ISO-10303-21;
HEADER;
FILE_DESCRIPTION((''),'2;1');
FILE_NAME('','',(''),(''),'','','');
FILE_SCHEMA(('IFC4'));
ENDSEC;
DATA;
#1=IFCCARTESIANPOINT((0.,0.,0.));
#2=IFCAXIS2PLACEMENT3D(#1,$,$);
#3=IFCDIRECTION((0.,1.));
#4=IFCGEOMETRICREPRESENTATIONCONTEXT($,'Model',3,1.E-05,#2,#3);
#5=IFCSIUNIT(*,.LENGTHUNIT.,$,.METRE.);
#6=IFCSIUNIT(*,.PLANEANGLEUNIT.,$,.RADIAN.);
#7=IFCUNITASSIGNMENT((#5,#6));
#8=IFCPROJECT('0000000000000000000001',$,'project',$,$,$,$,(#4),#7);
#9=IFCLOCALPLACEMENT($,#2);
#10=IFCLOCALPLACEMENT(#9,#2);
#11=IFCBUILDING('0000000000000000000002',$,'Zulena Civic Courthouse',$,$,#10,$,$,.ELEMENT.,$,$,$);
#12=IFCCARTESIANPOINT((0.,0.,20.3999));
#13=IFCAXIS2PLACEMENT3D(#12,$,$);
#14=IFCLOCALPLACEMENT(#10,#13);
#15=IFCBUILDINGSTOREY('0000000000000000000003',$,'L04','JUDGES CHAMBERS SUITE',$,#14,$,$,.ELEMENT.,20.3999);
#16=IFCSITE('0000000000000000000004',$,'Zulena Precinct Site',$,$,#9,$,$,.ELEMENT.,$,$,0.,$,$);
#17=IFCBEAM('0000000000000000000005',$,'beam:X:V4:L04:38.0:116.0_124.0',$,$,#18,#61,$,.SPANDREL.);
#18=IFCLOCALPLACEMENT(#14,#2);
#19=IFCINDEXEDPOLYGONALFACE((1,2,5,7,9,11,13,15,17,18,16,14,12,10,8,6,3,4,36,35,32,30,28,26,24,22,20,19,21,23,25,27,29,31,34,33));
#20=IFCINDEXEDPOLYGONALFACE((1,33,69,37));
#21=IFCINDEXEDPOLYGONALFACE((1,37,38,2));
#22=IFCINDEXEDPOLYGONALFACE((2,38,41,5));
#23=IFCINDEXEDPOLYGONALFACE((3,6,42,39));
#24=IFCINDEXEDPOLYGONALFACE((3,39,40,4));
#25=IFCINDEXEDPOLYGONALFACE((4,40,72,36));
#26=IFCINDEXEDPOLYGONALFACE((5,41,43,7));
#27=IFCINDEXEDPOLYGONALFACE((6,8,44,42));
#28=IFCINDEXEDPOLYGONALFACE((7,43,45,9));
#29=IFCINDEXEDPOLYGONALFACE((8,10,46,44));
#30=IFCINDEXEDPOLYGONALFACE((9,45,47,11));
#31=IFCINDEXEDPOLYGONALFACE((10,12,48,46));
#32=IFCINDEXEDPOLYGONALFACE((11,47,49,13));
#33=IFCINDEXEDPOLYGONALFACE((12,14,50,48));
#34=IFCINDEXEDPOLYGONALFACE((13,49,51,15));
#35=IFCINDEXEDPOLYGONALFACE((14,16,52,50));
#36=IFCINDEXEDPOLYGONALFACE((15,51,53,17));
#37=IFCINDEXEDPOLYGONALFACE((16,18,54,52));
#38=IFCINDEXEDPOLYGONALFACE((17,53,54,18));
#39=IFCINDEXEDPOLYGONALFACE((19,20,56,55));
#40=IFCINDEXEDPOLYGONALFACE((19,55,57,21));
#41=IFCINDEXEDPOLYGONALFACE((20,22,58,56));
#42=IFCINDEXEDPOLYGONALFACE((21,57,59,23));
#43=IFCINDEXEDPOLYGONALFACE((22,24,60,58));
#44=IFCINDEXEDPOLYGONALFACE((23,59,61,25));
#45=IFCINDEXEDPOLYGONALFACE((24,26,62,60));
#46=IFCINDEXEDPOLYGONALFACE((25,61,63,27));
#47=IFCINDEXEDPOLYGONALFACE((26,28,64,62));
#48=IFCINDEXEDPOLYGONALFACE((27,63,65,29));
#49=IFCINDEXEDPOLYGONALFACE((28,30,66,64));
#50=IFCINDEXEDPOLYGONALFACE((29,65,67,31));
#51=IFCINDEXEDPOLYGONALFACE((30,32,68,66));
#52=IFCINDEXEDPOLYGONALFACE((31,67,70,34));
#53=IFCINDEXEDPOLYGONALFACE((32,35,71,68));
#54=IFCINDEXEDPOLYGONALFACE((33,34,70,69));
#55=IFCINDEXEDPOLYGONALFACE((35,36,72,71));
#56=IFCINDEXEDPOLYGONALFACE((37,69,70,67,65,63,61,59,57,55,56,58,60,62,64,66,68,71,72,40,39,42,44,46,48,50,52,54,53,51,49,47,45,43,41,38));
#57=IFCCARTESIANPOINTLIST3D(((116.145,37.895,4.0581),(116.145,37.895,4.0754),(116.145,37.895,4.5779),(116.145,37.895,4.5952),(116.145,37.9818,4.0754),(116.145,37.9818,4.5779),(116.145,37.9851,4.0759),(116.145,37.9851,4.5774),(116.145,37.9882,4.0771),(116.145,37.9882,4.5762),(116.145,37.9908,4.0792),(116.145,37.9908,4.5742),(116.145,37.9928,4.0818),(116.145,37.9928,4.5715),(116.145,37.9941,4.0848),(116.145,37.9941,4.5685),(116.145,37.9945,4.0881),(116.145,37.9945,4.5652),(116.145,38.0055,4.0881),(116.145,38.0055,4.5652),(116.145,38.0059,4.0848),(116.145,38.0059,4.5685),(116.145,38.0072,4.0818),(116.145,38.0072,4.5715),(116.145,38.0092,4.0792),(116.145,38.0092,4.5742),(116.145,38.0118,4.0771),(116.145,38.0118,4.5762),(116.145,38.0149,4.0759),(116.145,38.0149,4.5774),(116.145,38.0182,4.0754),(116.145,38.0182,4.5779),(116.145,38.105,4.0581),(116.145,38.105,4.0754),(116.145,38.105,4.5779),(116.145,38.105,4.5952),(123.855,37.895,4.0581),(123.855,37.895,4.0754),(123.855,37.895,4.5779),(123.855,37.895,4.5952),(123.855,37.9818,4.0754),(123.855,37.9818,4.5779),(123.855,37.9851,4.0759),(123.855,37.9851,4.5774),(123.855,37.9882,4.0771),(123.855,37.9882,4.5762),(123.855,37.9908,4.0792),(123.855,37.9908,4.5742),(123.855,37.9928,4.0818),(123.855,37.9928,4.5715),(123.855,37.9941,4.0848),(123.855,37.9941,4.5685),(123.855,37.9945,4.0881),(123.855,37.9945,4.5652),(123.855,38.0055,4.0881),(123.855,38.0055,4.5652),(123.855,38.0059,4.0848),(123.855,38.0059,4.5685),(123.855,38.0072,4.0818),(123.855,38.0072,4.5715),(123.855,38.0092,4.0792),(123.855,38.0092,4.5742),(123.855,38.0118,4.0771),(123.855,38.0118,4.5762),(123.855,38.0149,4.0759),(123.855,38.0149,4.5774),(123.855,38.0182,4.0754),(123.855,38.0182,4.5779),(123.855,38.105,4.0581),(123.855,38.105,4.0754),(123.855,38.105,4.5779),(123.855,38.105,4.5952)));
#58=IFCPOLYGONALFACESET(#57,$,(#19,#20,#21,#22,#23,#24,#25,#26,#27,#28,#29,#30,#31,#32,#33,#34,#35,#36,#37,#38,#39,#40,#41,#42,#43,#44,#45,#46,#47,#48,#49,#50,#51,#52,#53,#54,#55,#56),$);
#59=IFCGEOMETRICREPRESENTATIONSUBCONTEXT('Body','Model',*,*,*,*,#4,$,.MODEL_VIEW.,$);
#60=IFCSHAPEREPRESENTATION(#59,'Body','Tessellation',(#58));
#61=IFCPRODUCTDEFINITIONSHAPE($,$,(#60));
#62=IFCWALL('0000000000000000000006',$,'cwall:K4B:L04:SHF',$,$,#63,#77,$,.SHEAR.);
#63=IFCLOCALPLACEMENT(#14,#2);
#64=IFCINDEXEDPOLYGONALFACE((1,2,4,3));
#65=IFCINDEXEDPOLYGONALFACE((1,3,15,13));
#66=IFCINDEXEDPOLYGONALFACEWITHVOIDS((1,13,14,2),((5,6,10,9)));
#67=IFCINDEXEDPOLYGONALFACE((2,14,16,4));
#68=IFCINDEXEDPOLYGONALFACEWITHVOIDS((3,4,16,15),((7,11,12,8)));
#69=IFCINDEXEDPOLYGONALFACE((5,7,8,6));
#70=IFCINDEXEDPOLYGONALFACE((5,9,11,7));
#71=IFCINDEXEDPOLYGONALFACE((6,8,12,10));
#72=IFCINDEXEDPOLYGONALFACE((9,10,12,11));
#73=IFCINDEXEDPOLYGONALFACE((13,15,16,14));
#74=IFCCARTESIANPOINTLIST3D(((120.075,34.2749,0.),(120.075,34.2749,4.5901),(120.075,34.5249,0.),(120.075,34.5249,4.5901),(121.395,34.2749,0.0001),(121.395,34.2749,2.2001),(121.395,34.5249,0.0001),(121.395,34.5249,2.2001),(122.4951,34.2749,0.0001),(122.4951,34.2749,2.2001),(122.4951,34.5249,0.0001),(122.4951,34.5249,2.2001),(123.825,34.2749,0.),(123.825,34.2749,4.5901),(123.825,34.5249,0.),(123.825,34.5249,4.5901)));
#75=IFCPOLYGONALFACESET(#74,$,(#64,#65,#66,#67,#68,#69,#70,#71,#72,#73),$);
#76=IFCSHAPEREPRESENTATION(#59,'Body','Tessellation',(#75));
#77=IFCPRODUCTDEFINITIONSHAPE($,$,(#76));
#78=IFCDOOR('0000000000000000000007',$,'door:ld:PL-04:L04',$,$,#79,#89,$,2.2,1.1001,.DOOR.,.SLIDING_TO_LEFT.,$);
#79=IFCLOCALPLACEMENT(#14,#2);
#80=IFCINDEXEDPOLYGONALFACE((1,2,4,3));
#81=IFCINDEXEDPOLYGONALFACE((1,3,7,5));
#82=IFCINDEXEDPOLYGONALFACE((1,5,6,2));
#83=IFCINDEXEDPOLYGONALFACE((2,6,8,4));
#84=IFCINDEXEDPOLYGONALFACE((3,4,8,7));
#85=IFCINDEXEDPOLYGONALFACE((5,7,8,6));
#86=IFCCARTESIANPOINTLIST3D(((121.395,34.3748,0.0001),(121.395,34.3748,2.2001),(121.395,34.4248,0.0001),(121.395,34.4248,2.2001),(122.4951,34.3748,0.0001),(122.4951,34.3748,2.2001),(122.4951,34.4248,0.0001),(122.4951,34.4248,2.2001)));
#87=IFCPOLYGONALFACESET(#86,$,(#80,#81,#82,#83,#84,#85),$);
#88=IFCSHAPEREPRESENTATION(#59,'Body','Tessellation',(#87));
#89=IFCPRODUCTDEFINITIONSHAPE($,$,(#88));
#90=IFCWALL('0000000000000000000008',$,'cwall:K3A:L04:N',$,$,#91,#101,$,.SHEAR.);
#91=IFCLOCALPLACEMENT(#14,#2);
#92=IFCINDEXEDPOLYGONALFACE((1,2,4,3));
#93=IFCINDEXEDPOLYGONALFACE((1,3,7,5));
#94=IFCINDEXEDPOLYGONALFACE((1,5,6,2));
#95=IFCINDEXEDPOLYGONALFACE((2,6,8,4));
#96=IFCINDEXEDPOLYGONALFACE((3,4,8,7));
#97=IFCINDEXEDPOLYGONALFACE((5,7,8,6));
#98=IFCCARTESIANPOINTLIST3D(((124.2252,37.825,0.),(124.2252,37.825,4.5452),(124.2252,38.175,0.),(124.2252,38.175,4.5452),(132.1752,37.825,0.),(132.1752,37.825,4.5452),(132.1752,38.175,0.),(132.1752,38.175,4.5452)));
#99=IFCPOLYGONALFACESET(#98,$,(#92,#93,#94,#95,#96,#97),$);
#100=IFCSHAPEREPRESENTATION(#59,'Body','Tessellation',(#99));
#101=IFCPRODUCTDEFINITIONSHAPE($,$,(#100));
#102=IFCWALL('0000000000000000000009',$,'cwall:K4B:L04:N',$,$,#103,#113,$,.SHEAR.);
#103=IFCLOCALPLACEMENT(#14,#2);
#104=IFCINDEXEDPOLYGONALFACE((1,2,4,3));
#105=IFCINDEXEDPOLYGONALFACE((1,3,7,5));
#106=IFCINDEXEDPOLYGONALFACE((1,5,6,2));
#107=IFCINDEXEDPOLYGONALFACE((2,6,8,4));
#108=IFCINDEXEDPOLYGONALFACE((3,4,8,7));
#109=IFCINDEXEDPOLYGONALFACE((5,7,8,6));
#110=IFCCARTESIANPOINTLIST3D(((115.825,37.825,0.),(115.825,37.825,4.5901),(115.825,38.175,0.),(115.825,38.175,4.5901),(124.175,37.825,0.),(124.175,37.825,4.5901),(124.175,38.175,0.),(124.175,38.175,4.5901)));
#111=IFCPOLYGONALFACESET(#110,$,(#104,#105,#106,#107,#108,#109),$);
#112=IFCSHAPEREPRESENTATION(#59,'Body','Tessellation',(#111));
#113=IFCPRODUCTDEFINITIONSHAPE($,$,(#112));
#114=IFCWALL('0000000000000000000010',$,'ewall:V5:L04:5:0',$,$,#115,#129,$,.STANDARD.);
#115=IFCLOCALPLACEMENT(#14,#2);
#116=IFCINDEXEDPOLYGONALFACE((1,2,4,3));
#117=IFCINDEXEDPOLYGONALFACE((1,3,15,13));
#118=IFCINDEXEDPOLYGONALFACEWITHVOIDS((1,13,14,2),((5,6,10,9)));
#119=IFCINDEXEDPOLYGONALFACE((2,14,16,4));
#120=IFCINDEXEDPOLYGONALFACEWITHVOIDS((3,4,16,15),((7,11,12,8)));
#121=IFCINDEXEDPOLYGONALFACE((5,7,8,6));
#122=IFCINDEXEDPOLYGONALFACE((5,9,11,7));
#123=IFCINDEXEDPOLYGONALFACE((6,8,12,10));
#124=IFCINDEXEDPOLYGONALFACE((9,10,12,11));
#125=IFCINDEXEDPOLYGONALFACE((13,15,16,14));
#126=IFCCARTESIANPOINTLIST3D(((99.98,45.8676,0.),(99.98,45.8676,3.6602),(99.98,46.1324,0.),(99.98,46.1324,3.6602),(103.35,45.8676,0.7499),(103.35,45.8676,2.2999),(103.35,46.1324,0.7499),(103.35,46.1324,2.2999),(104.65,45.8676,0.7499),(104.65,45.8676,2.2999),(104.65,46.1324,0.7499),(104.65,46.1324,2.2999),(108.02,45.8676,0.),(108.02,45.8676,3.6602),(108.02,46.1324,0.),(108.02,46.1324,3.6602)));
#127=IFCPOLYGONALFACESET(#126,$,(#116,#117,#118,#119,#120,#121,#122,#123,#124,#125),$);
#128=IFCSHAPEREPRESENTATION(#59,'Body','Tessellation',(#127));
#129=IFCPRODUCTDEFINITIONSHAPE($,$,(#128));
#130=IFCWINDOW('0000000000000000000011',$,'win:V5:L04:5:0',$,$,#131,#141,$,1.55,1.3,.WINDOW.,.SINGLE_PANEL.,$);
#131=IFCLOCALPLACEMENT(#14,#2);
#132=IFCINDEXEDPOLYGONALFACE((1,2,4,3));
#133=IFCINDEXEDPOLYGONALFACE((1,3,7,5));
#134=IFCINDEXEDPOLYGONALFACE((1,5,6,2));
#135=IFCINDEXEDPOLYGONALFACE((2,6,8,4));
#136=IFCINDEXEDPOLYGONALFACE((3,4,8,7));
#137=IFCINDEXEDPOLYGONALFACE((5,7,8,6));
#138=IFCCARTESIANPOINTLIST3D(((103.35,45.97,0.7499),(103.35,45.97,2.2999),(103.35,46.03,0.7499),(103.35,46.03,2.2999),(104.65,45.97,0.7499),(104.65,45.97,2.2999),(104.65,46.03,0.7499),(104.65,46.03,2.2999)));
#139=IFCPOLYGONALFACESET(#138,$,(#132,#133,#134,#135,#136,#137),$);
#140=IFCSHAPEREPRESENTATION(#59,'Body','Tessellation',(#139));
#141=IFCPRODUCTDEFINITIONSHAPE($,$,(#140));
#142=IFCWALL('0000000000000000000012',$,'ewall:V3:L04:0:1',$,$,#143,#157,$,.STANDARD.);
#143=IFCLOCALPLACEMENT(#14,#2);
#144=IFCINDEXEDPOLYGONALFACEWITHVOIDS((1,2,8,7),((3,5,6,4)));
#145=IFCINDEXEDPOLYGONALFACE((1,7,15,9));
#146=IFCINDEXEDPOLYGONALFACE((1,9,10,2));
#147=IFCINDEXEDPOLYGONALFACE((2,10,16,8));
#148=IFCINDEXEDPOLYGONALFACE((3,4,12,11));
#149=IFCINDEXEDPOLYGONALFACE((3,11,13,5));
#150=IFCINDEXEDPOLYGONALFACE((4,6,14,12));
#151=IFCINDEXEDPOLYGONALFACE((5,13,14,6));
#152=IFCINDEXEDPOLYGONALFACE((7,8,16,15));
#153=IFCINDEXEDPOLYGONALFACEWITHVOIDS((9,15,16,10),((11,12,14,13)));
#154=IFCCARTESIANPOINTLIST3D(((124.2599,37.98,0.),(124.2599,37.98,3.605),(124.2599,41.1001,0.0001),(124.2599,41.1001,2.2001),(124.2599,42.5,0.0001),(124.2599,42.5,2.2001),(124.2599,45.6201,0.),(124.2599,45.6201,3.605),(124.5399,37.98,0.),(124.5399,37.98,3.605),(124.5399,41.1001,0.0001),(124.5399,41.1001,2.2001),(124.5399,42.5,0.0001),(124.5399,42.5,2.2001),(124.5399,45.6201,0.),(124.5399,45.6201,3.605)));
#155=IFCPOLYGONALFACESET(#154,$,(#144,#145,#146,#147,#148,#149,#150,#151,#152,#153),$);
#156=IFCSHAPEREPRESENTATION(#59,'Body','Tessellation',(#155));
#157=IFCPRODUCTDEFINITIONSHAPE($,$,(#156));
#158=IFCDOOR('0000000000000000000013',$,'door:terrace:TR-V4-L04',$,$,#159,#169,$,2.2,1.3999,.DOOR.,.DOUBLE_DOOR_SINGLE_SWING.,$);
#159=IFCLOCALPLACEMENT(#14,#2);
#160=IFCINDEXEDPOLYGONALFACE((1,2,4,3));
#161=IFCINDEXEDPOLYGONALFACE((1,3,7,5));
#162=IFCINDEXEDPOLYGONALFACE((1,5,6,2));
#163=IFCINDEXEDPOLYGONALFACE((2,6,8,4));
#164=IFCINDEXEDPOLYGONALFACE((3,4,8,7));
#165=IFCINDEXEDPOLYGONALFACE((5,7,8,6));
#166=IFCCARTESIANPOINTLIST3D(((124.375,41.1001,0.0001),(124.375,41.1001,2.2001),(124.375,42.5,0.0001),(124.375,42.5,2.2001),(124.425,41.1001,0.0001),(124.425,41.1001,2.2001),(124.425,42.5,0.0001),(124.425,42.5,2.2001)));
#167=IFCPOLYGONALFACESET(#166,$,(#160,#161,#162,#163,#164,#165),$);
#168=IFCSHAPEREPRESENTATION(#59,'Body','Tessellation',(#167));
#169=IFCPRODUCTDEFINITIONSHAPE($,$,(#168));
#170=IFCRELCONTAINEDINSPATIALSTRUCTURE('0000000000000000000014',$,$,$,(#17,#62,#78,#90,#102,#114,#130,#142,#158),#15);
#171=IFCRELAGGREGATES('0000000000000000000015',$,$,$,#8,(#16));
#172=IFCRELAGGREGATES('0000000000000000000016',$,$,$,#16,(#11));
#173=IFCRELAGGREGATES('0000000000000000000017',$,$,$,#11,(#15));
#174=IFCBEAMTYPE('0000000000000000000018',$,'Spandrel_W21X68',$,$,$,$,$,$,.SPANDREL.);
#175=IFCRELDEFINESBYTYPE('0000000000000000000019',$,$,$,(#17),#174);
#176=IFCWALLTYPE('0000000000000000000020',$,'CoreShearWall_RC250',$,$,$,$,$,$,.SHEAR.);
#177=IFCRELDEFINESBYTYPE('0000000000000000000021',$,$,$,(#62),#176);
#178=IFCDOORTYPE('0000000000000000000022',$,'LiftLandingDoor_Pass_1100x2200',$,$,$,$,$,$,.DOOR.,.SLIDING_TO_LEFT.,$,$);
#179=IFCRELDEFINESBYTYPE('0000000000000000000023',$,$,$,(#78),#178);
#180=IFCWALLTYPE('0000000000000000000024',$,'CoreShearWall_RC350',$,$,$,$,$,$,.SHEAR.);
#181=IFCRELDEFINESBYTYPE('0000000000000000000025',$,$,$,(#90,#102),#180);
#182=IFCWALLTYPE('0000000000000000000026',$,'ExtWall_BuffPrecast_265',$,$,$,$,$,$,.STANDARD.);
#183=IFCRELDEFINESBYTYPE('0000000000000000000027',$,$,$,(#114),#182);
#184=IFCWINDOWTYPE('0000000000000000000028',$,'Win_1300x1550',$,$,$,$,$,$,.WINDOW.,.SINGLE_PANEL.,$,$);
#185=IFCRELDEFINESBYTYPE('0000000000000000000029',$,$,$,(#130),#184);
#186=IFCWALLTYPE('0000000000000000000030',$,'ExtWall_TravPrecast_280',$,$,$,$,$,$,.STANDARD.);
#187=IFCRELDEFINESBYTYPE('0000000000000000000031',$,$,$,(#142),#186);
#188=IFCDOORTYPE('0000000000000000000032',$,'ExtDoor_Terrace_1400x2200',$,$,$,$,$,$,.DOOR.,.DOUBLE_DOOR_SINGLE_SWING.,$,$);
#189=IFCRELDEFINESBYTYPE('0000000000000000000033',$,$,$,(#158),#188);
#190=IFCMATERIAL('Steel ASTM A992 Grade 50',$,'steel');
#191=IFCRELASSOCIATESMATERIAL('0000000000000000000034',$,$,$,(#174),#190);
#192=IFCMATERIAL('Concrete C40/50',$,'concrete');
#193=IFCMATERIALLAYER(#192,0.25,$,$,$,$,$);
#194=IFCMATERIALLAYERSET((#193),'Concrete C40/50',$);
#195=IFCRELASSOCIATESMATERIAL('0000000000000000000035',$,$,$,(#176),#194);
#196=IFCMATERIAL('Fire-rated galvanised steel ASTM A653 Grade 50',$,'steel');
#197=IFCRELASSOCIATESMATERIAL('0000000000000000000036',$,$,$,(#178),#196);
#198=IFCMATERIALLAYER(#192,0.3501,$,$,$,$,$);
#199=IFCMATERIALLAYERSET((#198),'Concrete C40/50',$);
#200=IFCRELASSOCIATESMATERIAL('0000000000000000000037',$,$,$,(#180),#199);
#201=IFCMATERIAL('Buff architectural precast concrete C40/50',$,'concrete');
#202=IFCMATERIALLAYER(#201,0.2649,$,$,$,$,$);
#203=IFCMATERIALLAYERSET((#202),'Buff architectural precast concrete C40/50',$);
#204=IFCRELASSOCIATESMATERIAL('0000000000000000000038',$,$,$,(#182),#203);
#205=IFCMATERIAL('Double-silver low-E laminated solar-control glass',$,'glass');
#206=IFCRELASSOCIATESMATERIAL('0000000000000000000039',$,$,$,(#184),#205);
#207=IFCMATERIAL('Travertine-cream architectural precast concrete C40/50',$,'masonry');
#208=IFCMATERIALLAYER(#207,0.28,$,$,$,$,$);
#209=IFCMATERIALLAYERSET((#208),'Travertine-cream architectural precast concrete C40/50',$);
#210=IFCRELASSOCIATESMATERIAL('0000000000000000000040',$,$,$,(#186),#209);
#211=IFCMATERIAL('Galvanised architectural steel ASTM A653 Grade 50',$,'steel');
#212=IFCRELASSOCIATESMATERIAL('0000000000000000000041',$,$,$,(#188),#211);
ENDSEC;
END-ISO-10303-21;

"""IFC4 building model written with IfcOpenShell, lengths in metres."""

from ifc_helpers import new_model, si_unit, direction, frame, frame_2d, origin, origin_2d, place, context, subcontext, project, spatial, rectangle, i_section, extrude, material, layer, layer_set, material_profile, profile_set, type_object, element, fill, save


model = new_model("IFC4")

# Units and contexts
model_context = context("Model", 3, precision=1e-05, world=origin(), true_north=direction((0.0, 1.0)))
body_context = subcontext(model_context, "Body", "Model", "MODEL_VIEW")
ifc_project = project(units=[si_unit("LENGTHUNIT", "METRE"), si_unit("PLANEANGLEUNIT", "RADIAN")], contexts=[model_context])

# Site, building, storey
site_placement = place(None, origin())
site = spatial("IfcSite", under=ifc_project, at=site_placement, Name="Zulena Precinct Site", CompositionType="ELEMENT", RefElevation=0.0)
building_placement = place(site_placement, origin())
building = spatial("IfcBuilding", under=site, at=building_placement, Name="Zulena Civic Courthouse", CompositionType="ELEMENT")
storey_placement = place(building_placement, frame((0.0, 0.0, 20.3999)))
storey = spatial("IfcBuildingStorey", under=building, at=storey_placement, Name="L04", Description="JUDGES CHAMBERS SUITE", CompositionType="ELEMENT", Elevation=20.3999)

# Shared definitions
ifc_material_1 = material(Name="Steel ASTM A992 Grade 50", Category="steel")

# Beam
ifc_material_profile_1 = material_profile(ifc_material_1, i_section(OverallWidth=0.21, OverallDepth=0.5371, WebThickness=0.011, FlangeThickness=0.0173, FilletRadius=0.0127, at=origin_2d()), Name="W21X68")
ifc_profile_set_1 = profile_set([ifc_material_profile_1], Name="Steel ASTM A992 Grade 50")
beam_type_1 = type_object("IfcBeamType", Name="Spandrel_W21X68", PredefinedType="SPANDREL", material=ifc_profile_set_1)
for number, where, z_axis, x_axis, name in (
    (1, (116.145, 38.0, 4.3267), (1.0, 0.0, 0.0), (0.0, 1.0, 0.0), "beam:X:V4:L04:38.0:116.0_124.0"),
):
    element("IfcBeam", number, at=place(storey_placement, frame(where, z_axis=z_axis, x_axis=x_axis)), inside=storey, type_object=beam_type_1, Name=name, PredefinedType="SPANDREL", context=body_context, shape_type="SweptSolid", body=[
        extrude(i_section(OverallWidth=0.21, OverallDepth=0.5371, WebThickness=0.011, FlangeThickness=0.0173, FilletRadius=0.0127, at=origin_2d()), origin(), (0.0, 0.0, 1.0), 7.71),
    ])

# Wall, opening, door
ifc_material_2 = material(Name="Concrete C40/50", Category="concrete")
ifc_layer_1 = layer(ifc_material_2, 0.25)
ifc_layer_set_1 = layer_set([ifc_layer_1], Name="Concrete C40/50")
wall_type_1 = type_object("IfcWallType", Name="CoreShearWall_RC250", PredefinedType="SHEAR", material=ifc_layer_set_1)
wall_1_placement = place(storey_placement, frame((120.075, 34.3999, 0.0), z_axis=(0.0, 0.0, 1.0), x_axis=(1.0, 0.0, 0.0)))
wall_1 = element("IfcWall", 2, at=wall_1_placement, inside=storey, type_object=wall_type_1, Name="cwall:K4B:L04:SHF", PredefinedType="SHEAR", context=body_context, shape_type="SweptSolid", body=[
    extrude(rectangle(XDim=3.75, YDim=0.25, at=frame_2d((1.875, 0.0))), origin(), (0.0, 0.0, 1.0), 4.5901),
])
opening_1_placement = place(wall_1_placement, frame((1.3201, 0.0, 0.0)))
opening_1 = element("IfcOpeningElement", 3, at=opening_1_placement, cuts=wall_1, PredefinedType="OPENING", context=body_context, shape_type="SweptSolid", body=[
    extrude(rectangle(XDim=1.1001, YDim=2.2, at=frame_2d((0.55, 1.1001))), frame((0.0, 0.135, 0.0), z_axis=(0.0, -1.0, 0.0), x_axis=(1.0, 0.0, 0.0)), (0.0, 0.0, 1.0), 0.27),
])
ifc_material_3 = material(Name="Fire-rated galvanised steel ASTM A653 Grade 50", Category="steel")
door_type_1 = type_object("IfcDoorType", Name="LiftLandingDoor_Pass_1100x2200", OperationType="SLIDING_TO_LEFT", PredefinedType="DOOR", material=ifc_material_3)
door_1_placement = place(opening_1_placement, origin())
door_1 = element("IfcDoor", 4, at=door_1_placement, inside=storey, type_object=door_type_1, Name="door:ld:PL-04:L04", OperationType="SLIDING_TO_LEFT", OverallHeight=2.2, OverallWidth=1.1001, PredefinedType="DOOR", context=body_context, shape_type="SweptSolid", body=[
    extrude(rectangle(XDim=1.1001, YDim=2.2, at=frame_2d((0.55, 1.1001))), frame((0.0, 0.0249, 0.0), z_axis=(0.0, -1.0, 0.0), x_axis=(1.0, 0.0, 0.0)), (0.0, 0.0, 1.0), 0.05),
])
fill(opening_1, door_1)

# Walls
ifc_layer_2 = layer(ifc_material_2, 0.3501)
ifc_layer_set_2 = layer_set([ifc_layer_2], Name="Concrete C40/50")
wall_type_2 = type_object("IfcWallType", Name="CoreShearWall_RC350", PredefinedType="SHEAR", material=ifc_layer_set_2)
wall_2_placement = place(storey_placement, frame((124.2251, 38.0, 0.0), z_axis=(0.0, 0.0, 1.0), x_axis=(1.0, 0.0, 0.0)))
element("IfcWall", 5, at=wall_2_placement, inside=storey, type_object=wall_type_2, Name="cwall:K3A:L04:N", PredefinedType="SHEAR", context=body_context, shape_type="SweptSolid", body=[
    extrude(rectangle(XDim=7.95, YDim=0.3501, at=frame_2d((3.9751, 0.0))), origin(), (0.0, 0.0, 1.0), 4.5452),
])
wall_3_placement = place(storey_placement, frame((115.825, 38.0, 0.0), z_axis=(0.0, 0.0, 1.0), x_axis=(1.0, 0.0, 0.0)))
element("IfcWall", 6, at=wall_3_placement, inside=storey, type_object=wall_type_2, Name="cwall:K4B:L04:N", PredefinedType="SHEAR", context=body_context, shape_type="SweptSolid", body=[
    extrude(rectangle(XDim=8.3501, YDim=0.3501, at=frame_2d((4.175, 0.0))), origin(), (0.0, 0.0, 1.0), 4.5901),
])

# Wall, opening, window
ifc_material_4 = material(Name="Buff architectural precast concrete C40/50", Category="concrete")
ifc_layer_3 = layer(ifc_material_4, 0.2649)
ifc_layer_set_3 = layer_set([ifc_layer_3], Name="Buff architectural precast concrete C40/50")
wall_type_3 = type_object("IfcWallType", Name="ExtWall_BuffPrecast_265", PredefinedType="STANDARD", material=ifc_layer_set_3)
wall_4_placement = place(storey_placement, frame((108.02, 46.0, 0.0), z_axis=(0.0, 0.0, 1.0), x_axis=(-1.0, 0.0, 0.0)))
wall_4 = element("IfcWall", 7, at=wall_4_placement, inside=storey, type_object=wall_type_3, Name="ewall:V5:L04:5:0", PredefinedType="STANDARD", context=body_context, shape_type="SweptSolid", body=[
    extrude(rectangle(XDim=8.04, YDim=0.2649, at=frame_2d((4.02, 0.0))), origin(), (0.0, 0.0, 1.0), 3.6602),
])
opening_2_placement = place(wall_4_placement, frame((3.3701, 0.0, 0.75)))
opening_2 = element("IfcOpeningElement", 8, at=opening_2_placement, cuts=wall_4, PredefinedType="OPENING", context=body_context, shape_type="SweptSolid", body=[
    extrude(rectangle(XDim=1.3, YDim=1.55, at=frame_2d((0.6499, 0.7749))), frame((0.0, 0.1423, 0.0), z_axis=(0.0, -1.0, 0.0), x_axis=(1.0, 0.0, 0.0)), (0.0, 0.0, 1.0), 0.2849),
])
ifc_material_5 = material(Name="Double-silver low-E laminated solar-control glass", Category="glass")
window_type_1 = type_object("IfcWindowType", Name="Win_1300x1550", PartitioningType="SINGLE_PANEL", PredefinedType="WINDOW", material=ifc_material_5)
window_1_placement = place(opening_2_placement, origin())
window_1 = element("IfcWindow", 9, at=window_1_placement, inside=storey, type_object=window_type_1, Name="win:V5:L04:5:0", OverallHeight=1.55, OverallWidth=1.3, PartitioningType="SINGLE_PANEL", PredefinedType="WINDOW", context=body_context, shape_type="SweptSolid", body=[
    extrude(rectangle(XDim=1.3, YDim=1.55, at=frame_2d((0.6499, 0.7749))), frame((0.0, 0.03, 0.0), z_axis=(0.0, -1.0, 0.0), x_axis=(1.0, 0.0, 0.0)), (0.0, 0.0, 1.0), 0.0601),
])
fill(opening_2, window_1)

# Wall, opening, door
ifc_material_6 = material(Name="Travertine-cream architectural precast concrete C40/50", Category="masonry")
ifc_layer_4 = layer(ifc_material_6, 0.28)
ifc_layer_set_4 = layer_set([ifc_layer_4], Name="Travertine-cream architectural precast concrete C40/50")
wall_type_4 = type_object("IfcWallType", Name="ExtWall_TravPrecast_280", PredefinedType="STANDARD", material=ifc_layer_set_4)
wall_5_placement = place(storey_placement, frame((124.3999, 37.98, 0.0), z_axis=(0.0, 0.0, 1.0), x_axis=(0.0, 1.0, 0.0)))
wall_5 = element("IfcWall", 10, at=wall_5_placement, inside=storey, type_object=wall_type_4, Name="ewall:V3:L04:0:1", PredefinedType="STANDARD", context=body_context, shape_type="SweptSolid", body=[
    extrude(rectangle(XDim=7.6401, YDim=0.28, at=frame_2d((3.8201, 0.0))), origin(), (0.0, 0.0, 1.0), 3.605),
])
opening_3_placement = place(wall_5_placement, frame((3.1201, 0.0, 0.0)))
opening_3 = element("IfcOpeningElement", 11, at=opening_3_placement, cuts=wall_5, PredefinedType="OPENING", context=body_context, shape_type="SweptSolid", body=[
    extrude(rectangle(XDim=1.3999, YDim=2.2, at=frame_2d((0.7, 1.1001))), frame((0.0, 0.1499, 0.0), z_axis=(0.0, -1.0, 0.0), x_axis=(1.0, 0.0, 0.0)), (0.0, 0.0, 1.0), 0.3),
])
ifc_material_7 = material(Name="Galvanised architectural steel ASTM A653 Grade 50", Category="steel")
door_type_2 = type_object("IfcDoorType", Name="ExtDoor_Terrace_1400x2200", OperationType="DOUBLE_DOOR_SINGLE_SWING", PredefinedType="DOOR", material=ifc_material_7)
door_2_placement = place(opening_3_placement, origin())
door_2 = element("IfcDoor", 12, at=door_2_placement, inside=storey, type_object=door_type_2, Name="door:terrace:TR-V4-L04", OperationType="DOUBLE_DOOR_SINGLE_SWING", OverallHeight=2.2, OverallWidth=1.3999, PredefinedType="DOOR", context=body_context, shape_type="SweptSolid", body=[
    extrude(rectangle(XDim=1.3999, YDim=2.2, at=frame_2d((0.7, 1.1001))), frame((0.0, 0.0249, 0.0), z_axis=(0.0, -1.0, 0.0), x_axis=(1.0, 0.0, 0.0)), (0.0, 0.0, 1.0), 0.05),
])
fill(opening_3, door_2)

save(model, "model.ifc")
